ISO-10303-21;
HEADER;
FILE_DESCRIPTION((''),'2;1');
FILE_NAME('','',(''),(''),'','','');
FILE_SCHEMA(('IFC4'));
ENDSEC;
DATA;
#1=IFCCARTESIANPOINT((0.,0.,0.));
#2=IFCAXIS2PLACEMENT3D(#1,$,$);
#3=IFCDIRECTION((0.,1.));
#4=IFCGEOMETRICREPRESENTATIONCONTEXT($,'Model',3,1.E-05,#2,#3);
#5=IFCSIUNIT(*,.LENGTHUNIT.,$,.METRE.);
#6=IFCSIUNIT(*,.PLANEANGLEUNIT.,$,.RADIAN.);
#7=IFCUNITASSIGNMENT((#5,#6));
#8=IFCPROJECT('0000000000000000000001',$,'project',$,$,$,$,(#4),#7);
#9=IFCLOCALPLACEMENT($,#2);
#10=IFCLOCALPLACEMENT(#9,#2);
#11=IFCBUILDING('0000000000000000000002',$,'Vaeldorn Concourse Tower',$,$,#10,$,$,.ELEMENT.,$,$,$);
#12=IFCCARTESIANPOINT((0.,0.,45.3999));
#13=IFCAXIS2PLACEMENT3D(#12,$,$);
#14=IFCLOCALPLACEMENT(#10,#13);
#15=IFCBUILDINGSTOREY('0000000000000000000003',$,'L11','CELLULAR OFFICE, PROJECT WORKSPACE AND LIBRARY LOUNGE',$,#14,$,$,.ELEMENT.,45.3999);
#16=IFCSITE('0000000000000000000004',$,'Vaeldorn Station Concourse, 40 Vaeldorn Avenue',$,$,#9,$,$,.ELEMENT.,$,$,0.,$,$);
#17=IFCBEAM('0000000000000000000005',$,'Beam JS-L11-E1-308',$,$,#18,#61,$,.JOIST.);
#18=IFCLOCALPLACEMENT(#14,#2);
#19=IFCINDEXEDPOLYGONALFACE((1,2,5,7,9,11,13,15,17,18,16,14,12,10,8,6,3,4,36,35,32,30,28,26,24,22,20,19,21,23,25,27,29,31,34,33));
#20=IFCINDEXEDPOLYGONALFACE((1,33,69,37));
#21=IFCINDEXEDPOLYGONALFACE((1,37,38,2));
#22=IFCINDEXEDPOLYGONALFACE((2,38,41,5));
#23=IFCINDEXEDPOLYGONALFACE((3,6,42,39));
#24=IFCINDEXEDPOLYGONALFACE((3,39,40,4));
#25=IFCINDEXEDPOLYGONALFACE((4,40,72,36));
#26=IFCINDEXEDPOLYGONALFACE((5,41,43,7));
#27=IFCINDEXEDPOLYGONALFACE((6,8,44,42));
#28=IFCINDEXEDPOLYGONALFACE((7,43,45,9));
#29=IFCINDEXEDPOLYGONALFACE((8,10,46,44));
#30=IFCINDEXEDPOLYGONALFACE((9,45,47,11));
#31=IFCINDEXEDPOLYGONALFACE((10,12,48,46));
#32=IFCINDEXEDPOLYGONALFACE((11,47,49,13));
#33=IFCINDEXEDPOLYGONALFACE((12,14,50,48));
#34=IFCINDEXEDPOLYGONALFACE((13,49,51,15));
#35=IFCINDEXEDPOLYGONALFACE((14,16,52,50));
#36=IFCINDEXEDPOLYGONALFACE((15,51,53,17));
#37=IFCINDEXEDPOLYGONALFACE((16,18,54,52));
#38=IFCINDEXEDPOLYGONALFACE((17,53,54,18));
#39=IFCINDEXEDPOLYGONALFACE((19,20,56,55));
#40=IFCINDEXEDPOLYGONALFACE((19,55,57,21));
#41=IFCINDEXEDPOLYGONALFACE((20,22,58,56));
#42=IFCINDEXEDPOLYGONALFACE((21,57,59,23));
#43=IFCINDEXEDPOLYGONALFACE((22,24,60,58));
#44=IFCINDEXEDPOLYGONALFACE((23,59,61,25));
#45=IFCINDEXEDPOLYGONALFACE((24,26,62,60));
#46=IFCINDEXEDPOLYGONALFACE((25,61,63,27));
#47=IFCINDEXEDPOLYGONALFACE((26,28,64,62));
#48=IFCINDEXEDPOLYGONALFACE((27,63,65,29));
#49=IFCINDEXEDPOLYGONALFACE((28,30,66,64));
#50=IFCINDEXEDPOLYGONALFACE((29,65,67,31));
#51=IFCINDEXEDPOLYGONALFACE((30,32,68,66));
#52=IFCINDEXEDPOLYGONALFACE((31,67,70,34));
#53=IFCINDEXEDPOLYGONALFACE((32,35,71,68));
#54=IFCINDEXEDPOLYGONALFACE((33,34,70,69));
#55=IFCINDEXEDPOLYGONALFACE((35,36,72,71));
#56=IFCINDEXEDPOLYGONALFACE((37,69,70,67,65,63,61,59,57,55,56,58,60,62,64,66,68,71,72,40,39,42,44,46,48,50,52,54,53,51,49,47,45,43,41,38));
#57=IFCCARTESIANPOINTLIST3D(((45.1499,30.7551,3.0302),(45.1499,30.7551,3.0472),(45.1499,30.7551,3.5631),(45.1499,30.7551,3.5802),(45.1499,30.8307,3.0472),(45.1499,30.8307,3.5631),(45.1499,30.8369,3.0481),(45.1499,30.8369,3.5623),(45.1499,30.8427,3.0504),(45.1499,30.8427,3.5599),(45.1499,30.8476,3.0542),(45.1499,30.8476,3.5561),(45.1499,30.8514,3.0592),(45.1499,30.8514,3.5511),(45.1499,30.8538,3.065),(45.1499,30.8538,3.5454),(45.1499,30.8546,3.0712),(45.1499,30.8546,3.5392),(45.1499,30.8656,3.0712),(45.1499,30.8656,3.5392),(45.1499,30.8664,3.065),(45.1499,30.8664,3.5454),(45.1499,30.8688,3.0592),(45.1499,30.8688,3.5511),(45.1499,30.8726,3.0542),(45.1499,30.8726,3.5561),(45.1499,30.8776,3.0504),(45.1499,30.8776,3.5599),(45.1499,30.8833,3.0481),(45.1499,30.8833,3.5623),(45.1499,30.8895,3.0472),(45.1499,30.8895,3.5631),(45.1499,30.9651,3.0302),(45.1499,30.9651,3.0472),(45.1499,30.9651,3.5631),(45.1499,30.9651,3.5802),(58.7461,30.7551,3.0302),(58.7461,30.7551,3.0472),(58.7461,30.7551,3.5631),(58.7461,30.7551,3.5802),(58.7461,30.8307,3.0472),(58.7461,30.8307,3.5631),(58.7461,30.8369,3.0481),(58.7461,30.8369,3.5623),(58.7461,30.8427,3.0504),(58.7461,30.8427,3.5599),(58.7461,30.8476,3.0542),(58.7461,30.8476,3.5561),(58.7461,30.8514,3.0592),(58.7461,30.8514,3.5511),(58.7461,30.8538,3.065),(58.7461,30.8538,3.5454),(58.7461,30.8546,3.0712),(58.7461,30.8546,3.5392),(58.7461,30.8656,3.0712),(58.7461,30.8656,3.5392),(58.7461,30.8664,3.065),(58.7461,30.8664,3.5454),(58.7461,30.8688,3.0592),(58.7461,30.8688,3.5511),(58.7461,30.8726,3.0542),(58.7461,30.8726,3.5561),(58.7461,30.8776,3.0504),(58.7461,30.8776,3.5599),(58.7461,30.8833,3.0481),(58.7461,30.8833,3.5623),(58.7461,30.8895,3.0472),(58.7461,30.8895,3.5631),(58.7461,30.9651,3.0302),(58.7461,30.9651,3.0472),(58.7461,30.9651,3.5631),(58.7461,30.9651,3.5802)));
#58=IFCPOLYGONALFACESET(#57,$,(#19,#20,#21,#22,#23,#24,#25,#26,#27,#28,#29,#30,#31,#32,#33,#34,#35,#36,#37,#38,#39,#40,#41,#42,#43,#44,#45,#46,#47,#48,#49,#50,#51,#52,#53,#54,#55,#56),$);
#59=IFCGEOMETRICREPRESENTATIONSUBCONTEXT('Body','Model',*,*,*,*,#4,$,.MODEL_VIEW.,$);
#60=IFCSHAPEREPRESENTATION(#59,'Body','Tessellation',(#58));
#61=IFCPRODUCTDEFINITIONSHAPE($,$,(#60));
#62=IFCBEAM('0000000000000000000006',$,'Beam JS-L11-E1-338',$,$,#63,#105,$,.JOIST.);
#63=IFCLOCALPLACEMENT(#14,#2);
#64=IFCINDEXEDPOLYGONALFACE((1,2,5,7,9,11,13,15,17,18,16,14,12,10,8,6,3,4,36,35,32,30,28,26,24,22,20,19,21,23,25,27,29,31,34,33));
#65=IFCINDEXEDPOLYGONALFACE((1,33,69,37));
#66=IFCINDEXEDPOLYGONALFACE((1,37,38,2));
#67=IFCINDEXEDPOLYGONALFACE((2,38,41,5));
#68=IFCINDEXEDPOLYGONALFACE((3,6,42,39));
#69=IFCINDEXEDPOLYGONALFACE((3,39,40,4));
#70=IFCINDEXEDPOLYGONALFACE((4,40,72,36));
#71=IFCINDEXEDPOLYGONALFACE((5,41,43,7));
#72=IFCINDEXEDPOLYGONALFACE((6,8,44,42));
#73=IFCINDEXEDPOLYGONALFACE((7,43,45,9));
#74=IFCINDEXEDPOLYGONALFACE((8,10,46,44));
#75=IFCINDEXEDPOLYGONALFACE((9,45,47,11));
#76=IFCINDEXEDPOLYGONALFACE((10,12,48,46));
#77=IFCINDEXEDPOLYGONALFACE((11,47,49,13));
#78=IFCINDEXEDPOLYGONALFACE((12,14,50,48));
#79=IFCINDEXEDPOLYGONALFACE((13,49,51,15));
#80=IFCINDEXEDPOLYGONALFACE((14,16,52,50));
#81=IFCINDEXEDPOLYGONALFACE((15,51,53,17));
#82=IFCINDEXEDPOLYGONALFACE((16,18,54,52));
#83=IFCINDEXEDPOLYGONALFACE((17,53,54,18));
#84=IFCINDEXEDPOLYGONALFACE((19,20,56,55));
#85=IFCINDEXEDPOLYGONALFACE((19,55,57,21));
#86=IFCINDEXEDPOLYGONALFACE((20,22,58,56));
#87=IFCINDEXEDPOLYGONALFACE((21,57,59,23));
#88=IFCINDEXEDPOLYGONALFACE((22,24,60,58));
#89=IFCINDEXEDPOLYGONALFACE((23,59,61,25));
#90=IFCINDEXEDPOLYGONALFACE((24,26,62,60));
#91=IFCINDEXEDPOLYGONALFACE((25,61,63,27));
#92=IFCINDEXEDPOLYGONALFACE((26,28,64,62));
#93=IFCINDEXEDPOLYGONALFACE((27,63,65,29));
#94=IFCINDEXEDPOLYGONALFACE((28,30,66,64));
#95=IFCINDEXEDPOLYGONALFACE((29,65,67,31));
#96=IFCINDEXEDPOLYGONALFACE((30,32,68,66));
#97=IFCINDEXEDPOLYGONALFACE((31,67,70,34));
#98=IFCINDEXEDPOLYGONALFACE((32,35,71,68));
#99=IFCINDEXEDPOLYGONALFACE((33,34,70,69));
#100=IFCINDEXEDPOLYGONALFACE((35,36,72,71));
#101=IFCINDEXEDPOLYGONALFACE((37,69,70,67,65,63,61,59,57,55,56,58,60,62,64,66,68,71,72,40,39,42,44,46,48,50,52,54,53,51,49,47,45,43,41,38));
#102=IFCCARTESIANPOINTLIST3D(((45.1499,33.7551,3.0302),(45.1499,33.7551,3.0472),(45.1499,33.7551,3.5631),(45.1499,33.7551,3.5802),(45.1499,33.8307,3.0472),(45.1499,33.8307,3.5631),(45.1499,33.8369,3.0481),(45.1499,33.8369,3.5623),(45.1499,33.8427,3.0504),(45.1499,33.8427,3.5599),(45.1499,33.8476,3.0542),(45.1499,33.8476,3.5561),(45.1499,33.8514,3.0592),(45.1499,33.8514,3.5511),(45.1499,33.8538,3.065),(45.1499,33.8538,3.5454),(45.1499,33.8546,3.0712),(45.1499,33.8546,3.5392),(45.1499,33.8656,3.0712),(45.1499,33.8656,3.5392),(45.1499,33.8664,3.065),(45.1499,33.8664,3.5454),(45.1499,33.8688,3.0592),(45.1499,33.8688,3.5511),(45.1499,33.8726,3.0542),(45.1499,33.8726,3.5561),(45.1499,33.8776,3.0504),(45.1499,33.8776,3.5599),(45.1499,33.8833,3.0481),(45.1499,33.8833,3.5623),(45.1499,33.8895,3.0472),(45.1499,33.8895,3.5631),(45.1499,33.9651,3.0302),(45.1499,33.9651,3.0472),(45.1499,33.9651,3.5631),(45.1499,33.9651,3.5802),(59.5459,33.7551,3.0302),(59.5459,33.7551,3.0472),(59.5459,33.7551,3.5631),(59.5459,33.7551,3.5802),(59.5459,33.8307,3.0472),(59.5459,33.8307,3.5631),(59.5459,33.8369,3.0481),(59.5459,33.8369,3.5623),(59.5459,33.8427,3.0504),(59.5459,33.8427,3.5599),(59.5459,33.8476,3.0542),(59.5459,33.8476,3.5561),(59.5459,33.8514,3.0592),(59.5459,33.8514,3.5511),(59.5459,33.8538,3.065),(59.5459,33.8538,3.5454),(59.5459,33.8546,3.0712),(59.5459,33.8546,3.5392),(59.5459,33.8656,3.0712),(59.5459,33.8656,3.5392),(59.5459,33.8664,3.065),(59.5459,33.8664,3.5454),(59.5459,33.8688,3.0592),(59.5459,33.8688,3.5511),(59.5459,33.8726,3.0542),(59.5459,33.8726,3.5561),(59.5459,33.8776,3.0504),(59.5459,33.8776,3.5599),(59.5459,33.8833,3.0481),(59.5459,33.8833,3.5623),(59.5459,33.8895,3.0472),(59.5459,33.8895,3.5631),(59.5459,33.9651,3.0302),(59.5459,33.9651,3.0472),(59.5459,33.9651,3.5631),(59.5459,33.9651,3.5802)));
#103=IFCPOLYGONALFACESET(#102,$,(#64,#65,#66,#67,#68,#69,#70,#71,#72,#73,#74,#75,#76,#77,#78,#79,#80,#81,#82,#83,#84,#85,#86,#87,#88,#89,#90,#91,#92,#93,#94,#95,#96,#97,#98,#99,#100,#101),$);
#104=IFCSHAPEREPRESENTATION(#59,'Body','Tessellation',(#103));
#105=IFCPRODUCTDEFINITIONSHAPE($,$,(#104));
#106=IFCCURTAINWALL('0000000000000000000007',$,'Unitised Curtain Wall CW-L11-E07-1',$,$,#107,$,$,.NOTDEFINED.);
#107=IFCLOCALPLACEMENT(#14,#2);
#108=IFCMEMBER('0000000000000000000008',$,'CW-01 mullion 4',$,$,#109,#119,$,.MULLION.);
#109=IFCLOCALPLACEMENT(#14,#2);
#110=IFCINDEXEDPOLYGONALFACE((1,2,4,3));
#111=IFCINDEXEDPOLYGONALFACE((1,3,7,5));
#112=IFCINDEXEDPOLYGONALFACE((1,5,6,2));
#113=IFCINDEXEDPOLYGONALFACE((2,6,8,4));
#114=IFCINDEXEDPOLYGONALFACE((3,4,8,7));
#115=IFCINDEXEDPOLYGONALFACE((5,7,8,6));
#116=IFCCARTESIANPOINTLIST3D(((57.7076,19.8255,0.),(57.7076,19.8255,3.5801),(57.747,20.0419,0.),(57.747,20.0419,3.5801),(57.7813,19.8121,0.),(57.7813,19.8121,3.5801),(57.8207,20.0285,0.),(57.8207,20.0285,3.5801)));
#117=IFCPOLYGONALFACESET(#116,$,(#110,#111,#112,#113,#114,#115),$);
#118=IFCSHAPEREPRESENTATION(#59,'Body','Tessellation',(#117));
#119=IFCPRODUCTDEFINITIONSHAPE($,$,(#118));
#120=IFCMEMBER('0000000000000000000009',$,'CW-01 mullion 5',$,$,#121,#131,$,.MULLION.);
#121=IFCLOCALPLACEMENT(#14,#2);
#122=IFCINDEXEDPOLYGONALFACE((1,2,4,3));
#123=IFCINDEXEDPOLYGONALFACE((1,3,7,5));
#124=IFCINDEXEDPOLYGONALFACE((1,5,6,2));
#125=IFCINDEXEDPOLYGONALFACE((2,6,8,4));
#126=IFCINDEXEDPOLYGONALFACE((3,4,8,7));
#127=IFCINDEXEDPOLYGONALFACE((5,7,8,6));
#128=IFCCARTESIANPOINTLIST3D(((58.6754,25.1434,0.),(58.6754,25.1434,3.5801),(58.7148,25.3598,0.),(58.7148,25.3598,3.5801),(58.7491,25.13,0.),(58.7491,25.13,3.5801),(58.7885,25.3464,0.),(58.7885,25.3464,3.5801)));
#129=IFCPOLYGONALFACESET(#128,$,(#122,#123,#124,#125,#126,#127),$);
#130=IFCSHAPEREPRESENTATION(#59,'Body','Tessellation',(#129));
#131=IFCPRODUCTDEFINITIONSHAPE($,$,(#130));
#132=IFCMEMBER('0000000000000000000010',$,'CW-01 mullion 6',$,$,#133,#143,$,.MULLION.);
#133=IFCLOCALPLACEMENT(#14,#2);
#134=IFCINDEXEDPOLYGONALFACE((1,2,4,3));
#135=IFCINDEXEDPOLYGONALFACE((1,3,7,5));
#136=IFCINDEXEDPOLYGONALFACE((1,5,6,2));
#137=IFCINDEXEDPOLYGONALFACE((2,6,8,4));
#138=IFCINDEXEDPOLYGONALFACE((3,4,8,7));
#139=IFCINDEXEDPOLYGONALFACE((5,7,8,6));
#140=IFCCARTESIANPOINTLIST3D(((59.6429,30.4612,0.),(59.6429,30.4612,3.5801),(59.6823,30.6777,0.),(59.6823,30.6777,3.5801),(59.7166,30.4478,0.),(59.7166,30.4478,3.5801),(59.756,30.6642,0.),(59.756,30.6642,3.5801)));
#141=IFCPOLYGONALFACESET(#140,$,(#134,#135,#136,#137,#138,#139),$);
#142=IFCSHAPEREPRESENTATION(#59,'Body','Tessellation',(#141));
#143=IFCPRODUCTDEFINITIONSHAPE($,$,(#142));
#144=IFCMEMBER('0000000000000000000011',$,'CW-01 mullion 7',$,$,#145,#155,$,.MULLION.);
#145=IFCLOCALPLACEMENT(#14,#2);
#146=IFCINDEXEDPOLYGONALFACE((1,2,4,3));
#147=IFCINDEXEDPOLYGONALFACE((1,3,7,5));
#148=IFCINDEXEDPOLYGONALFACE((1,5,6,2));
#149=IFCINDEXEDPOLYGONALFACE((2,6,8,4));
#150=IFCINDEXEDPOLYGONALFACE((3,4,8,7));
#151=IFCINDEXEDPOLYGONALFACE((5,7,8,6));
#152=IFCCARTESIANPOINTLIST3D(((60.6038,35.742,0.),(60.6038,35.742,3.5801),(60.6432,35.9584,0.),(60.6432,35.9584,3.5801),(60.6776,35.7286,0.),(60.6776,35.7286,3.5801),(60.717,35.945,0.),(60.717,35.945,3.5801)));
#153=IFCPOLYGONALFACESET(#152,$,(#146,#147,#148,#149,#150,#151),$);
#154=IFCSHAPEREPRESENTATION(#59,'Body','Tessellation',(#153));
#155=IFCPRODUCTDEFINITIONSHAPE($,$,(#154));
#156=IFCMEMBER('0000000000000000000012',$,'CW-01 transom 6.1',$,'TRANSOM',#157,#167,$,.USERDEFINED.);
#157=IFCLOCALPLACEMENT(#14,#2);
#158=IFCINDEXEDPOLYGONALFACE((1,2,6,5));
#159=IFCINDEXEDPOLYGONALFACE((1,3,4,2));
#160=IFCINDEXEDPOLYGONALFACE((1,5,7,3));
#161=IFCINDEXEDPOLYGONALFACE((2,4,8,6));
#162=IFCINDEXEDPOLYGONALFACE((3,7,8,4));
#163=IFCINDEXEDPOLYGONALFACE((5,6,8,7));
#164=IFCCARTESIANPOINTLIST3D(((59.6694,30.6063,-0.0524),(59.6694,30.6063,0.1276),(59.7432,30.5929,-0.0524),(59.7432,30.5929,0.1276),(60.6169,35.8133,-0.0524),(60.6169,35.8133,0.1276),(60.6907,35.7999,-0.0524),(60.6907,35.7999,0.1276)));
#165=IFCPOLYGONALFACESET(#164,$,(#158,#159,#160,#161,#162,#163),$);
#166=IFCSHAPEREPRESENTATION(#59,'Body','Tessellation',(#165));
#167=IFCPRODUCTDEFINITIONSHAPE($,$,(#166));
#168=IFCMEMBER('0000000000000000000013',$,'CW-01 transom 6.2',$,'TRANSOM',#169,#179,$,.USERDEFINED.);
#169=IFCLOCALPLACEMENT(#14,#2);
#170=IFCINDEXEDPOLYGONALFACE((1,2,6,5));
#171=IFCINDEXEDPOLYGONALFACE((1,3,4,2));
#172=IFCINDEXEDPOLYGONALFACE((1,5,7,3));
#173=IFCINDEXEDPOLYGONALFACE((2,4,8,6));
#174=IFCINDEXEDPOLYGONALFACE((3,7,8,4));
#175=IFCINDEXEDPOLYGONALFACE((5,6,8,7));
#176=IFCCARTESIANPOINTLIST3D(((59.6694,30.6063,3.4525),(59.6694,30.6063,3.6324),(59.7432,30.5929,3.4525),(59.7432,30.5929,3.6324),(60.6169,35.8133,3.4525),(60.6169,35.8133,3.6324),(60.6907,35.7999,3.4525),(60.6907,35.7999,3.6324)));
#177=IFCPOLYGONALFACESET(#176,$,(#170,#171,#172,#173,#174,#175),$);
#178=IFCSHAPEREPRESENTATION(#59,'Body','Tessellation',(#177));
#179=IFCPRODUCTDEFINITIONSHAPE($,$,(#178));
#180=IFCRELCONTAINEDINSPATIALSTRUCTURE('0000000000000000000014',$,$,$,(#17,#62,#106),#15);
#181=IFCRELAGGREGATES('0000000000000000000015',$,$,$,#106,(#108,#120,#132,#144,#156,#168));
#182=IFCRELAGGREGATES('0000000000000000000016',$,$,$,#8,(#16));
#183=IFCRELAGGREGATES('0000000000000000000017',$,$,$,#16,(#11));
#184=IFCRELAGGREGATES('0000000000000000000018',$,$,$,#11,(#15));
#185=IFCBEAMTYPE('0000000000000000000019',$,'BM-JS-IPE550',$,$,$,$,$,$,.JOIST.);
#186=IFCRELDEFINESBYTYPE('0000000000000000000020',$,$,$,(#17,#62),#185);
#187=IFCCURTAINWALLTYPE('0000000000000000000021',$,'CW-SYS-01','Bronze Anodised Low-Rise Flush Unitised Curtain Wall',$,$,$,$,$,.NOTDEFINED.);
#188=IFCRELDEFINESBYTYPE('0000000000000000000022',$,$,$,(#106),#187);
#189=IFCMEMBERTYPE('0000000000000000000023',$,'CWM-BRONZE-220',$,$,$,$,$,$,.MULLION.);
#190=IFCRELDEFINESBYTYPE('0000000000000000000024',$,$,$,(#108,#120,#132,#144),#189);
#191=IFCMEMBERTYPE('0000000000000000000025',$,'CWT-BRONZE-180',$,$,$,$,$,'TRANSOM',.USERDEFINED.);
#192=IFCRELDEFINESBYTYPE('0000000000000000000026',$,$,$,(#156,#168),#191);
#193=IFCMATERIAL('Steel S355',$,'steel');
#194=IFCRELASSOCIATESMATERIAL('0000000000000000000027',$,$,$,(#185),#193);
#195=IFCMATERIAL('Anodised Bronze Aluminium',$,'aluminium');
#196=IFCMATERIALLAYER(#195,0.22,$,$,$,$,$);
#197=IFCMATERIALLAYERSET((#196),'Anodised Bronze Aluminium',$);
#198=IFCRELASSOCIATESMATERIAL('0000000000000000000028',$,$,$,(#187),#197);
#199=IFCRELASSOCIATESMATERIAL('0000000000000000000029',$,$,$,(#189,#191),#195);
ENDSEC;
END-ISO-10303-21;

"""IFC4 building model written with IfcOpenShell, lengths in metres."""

from ifc_helpers import new_model, si_unit, direction, frame, origin, origin_2d, place, context, subcontext, project, spatial, rectangle, i_section, extrude, source, transform, mapped, material, layer, layer_set, material_profile, profile_set, type_object, element, aggregate, save


model = new_model("IFC4")

# Units and contexts
model_context = context("Model", 3, precision=1e-05, world=origin(), true_north=direction((0.0, 1.0)))
body_context = subcontext(model_context, "Body", "Model", "MODEL_VIEW")
ifc_project = project(units=[si_unit("LENGTHUNIT", "METRE"), si_unit("PLANEANGLEUNIT", "RADIAN")], contexts=[model_context])

# Site, building, storey
site_placement = place(None, origin())
site = spatial("IfcSite", under=ifc_project, at=site_placement, Name="Vaeldorn Station Concourse, 40 Vaeldorn Avenue", CompositionType="ELEMENT", RefElevation=0.0)
building_placement = place(site_placement, origin())
building = spatial("IfcBuilding", under=site, at=building_placement, Name="Vaeldorn Concourse Tower", CompositionType="ELEMENT")
storey_placement = place(building_placement, frame((0.0, 0.0, 45.3999)))
storey = spatial("IfcBuildingStorey", under=building, at=storey_placement, Name="L11", Description="CELLULAR OFFICE, PROJECT WORKSPACE AND LIBRARY LOUNGE", CompositionType="ELEMENT", Elevation=45.3999)

# Beams
ifc_material_1 = material(Name="Steel S355", Category="steel")
ifc_material_profile_1 = material_profile(ifc_material_1, i_section(OverallWidth=0.21, OverallDepth=0.55, WebThickness=0.011, FlangeThickness=0.0171, FilletRadius=0.0239, at=origin_2d()), Name="IPE 550")
ifc_profile_set_1 = profile_set([ifc_material_profile_1], Name="Steel S355")
beam_type_1 = type_object("IfcBeamType", Name="BM-JS-IPE550", PredefinedType="JOIST", material=ifc_profile_set_1)
shared_shape_1 = source(origin(), body_context, "Body", "SweptSolid", [
    extrude(i_section(OverallWidth=0.21, OverallDepth=0.55, WebThickness=0.011, FlangeThickness=0.0171, FilletRadius=0.0239, at=origin_2d()), origin(), (0.0, 0.0, 1.0), 13.5962),
])
beam_1_placement = place(storey_placement, frame((45.1499, 30.8601, 3.3052), z_axis=(1.0, 0.0, 0.0), x_axis=(0.0, 1.0, 0.0)))
element("IfcBeam", 1, at=beam_1_placement, inside=storey, type_object=beam_type_1, Name="Beam JS-L11-E1-308", PredefinedType="JOIST", context=body_context, shape_type="MappedRepresentation", body=[
    mapped(shared_shape_1, transform((0.0, 0.0, 0.0), scale=1.0)),
])
shared_shape_2 = source(origin(), body_context, "Body", "SweptSolid", [
    extrude(i_section(OverallWidth=0.21, OverallDepth=0.55, WebThickness=0.011, FlangeThickness=0.0171, FilletRadius=0.0239, at=origin_2d()), origin(), (0.0, 0.0, 1.0), 14.396),
])
beam_2_placement = place(storey_placement, frame((45.1499, 33.8601, 3.3052), z_axis=(1.0, 0.0, 0.0), x_axis=(0.0, 1.0, 0.0)))
element("IfcBeam", 2, at=beam_2_placement, inside=storey, type_object=beam_type_1, Name="Beam JS-L11-E1-338", PredefinedType="JOIST", context=body_context, shape_type="MappedRepresentation", body=[
    mapped(shared_shape_2, transform((0.0, 0.0, 0.0), scale=1.0)),
])

# Curtain wall, members
ifc_material_2 = material(Name="Anodised Bronze Aluminium", Category="aluminium")
ifc_layer_1 = layer(ifc_material_2, 0.22)
ifc_layer_set_1 = layer_set([ifc_layer_1], Name="Anodised Bronze Aluminium")
curtain_wall_type = type_object("IfcCurtainWallType", Name="CW-SYS-01", Description="Bronze Anodised Low-Rise Flush Unitised Curtain Wall", PredefinedType="NOTDEFINED", material=ifc_layer_set_1)
curtain_wall_placement = place(storey_placement, origin())
curtain_wall = element("IfcCurtainWall", 3, at=curtain_wall_placement, inside=storey, type_object=curtain_wall_type, Name="Unitised Curtain Wall CW-L11-E07-1", PredefinedType="NOTDEFINED")
ifc_material_profile_2 = material_profile(ifc_material_2, rectangle(XDim=0.075, YDim=0.22, at=origin_2d()), Name="CWM 75x220")
ifc_profile_set_2 = profile_set([ifc_material_profile_2], Name="Anodised Bronze Aluminium")
member_type_1 = type_object("IfcMemberType", Name="CWM-BRONZE-220", PredefinedType="MULLION", material=ifc_profile_set_2)
shared_shape_3 = source(origin(), body_context, "Body", "SweptSolid", [
    extrude(rectangle(XDim=0.075, YDim=0.22, at=origin_2d()), origin(), (0.0, 0.0, 1.0), 3.5801),
])
member_1_placement = place(storey_placement, frame((57.7642, 19.927, 0.0), z_axis=(0.0, 0.0, 1.0), x_axis=(-0.983844, 0.17903, 0.0)))
member_1 = element("IfcMember", 4, at=member_1_placement, type_object=member_type_1, Name="CW-01 mullion 4", PredefinedType="MULLION", context=body_context, shape_type="MappedRepresentation", body=[
    mapped(shared_shape_3, transform((0.0, 0.0, 0.0), scale=1.0)),
])
member_2_placement = place(storey_placement, frame((58.7319, 25.2449, 0.0), z_axis=(0.0, 0.0, 1.0), x_axis=(-0.983844, 0.17903, 0.0)))
member_2 = element("IfcMember", 5, at=member_2_placement, type_object=member_type_1, Name="CW-01 mullion 5", PredefinedType="MULLION", context=body_context, shape_type="MappedRepresentation", body=[
    mapped(shared_shape_3, transform((0.0, 0.0, 0.0), scale=1.0)),
])
member_3_placement = place(storey_placement, frame((59.6995, 30.5627, 0.0), z_axis=(0.0, 0.0, 1.0), x_axis=(-0.983844, 0.17903, 0.0)))
member_3 = element("IfcMember", 6, at=member_3_placement, type_object=member_type_1, Name="CW-01 mullion 6", PredefinedType="MULLION", context=body_context, shape_type="MappedRepresentation", body=[
    mapped(shared_shape_3, transform((0.0, 0.0, 0.0), scale=1.0)),
])
member_4_placement = place(storey_placement, frame((60.6604, 35.8435, 0.0), z_axis=(0.0, 0.0, 1.0), x_axis=(-0.983844, 0.17903, 0.0)))
member_4 = element("IfcMember", 7, at=member_4_placement, type_object=member_type_1, Name="CW-01 mullion 7", PredefinedType="MULLION", context=body_context, shape_type="MappedRepresentation", body=[
    mapped(shared_shape_3, transform((0.0, 0.0, 0.0), scale=1.0)),
])
ifc_material_profile_3 = material_profile(ifc_material_2, rectangle(XDim=0.075, YDim=0.1799, at=origin_2d()), Name="CWT 75x180")
ifc_profile_set_3 = profile_set([ifc_material_profile_3], Name="Anodised Bronze Aluminium")
member_type_2 = type_object("IfcMemberType", Name="CWT-BRONZE-180", ElementType="TRANSOM", PredefinedType="USERDEFINED", material=ifc_profile_set_3)
shared_shape_4 = source(origin(), body_context, "Body", "SweptSolid", [
    extrude(rectangle(XDim=0.075, YDim=0.1799, at=origin_2d()), origin(), (0.0, 0.0, 1.0), 5.2925),
])
member_5_placement = place(storey_placement, frame((59.7063, 30.5996, 0.0376), z_axis=(0.179028, 0.983844, 0.0), x_axis=(-0.983844, 0.179028, 0.0)))
member_5 = element("IfcMember", 8, at=member_5_placement, type_object=member_type_2, Name="CW-01 transom 6.1", ObjectType="TRANSOM", PredefinedType="USERDEFINED", context=body_context, shape_type="MappedRepresentation", body=[
    mapped(shared_shape_4, transform((0.0, 0.0, 0.0), scale=1.0)),
])
member_6_placement = place(storey_placement, frame((59.7063, 30.5996, 3.5425), z_axis=(0.179028, 0.983844, 0.0), x_axis=(-0.983844, 0.179028, 0.0)))
member_6 = element("IfcMember", 9, at=member_6_placement, type_object=member_type_2, Name="CW-01 transom 6.2", ObjectType="TRANSOM", PredefinedType="USERDEFINED", context=body_context, shape_type="MappedRepresentation", body=[
    mapped(shared_shape_4, transform((0.0, 0.0, 0.0), scale=1.0)),
])
aggregate(curtain_wall, [member_1, member_2, member_3, member_4, member_5, member_6])

save(model, "model.ifc")
